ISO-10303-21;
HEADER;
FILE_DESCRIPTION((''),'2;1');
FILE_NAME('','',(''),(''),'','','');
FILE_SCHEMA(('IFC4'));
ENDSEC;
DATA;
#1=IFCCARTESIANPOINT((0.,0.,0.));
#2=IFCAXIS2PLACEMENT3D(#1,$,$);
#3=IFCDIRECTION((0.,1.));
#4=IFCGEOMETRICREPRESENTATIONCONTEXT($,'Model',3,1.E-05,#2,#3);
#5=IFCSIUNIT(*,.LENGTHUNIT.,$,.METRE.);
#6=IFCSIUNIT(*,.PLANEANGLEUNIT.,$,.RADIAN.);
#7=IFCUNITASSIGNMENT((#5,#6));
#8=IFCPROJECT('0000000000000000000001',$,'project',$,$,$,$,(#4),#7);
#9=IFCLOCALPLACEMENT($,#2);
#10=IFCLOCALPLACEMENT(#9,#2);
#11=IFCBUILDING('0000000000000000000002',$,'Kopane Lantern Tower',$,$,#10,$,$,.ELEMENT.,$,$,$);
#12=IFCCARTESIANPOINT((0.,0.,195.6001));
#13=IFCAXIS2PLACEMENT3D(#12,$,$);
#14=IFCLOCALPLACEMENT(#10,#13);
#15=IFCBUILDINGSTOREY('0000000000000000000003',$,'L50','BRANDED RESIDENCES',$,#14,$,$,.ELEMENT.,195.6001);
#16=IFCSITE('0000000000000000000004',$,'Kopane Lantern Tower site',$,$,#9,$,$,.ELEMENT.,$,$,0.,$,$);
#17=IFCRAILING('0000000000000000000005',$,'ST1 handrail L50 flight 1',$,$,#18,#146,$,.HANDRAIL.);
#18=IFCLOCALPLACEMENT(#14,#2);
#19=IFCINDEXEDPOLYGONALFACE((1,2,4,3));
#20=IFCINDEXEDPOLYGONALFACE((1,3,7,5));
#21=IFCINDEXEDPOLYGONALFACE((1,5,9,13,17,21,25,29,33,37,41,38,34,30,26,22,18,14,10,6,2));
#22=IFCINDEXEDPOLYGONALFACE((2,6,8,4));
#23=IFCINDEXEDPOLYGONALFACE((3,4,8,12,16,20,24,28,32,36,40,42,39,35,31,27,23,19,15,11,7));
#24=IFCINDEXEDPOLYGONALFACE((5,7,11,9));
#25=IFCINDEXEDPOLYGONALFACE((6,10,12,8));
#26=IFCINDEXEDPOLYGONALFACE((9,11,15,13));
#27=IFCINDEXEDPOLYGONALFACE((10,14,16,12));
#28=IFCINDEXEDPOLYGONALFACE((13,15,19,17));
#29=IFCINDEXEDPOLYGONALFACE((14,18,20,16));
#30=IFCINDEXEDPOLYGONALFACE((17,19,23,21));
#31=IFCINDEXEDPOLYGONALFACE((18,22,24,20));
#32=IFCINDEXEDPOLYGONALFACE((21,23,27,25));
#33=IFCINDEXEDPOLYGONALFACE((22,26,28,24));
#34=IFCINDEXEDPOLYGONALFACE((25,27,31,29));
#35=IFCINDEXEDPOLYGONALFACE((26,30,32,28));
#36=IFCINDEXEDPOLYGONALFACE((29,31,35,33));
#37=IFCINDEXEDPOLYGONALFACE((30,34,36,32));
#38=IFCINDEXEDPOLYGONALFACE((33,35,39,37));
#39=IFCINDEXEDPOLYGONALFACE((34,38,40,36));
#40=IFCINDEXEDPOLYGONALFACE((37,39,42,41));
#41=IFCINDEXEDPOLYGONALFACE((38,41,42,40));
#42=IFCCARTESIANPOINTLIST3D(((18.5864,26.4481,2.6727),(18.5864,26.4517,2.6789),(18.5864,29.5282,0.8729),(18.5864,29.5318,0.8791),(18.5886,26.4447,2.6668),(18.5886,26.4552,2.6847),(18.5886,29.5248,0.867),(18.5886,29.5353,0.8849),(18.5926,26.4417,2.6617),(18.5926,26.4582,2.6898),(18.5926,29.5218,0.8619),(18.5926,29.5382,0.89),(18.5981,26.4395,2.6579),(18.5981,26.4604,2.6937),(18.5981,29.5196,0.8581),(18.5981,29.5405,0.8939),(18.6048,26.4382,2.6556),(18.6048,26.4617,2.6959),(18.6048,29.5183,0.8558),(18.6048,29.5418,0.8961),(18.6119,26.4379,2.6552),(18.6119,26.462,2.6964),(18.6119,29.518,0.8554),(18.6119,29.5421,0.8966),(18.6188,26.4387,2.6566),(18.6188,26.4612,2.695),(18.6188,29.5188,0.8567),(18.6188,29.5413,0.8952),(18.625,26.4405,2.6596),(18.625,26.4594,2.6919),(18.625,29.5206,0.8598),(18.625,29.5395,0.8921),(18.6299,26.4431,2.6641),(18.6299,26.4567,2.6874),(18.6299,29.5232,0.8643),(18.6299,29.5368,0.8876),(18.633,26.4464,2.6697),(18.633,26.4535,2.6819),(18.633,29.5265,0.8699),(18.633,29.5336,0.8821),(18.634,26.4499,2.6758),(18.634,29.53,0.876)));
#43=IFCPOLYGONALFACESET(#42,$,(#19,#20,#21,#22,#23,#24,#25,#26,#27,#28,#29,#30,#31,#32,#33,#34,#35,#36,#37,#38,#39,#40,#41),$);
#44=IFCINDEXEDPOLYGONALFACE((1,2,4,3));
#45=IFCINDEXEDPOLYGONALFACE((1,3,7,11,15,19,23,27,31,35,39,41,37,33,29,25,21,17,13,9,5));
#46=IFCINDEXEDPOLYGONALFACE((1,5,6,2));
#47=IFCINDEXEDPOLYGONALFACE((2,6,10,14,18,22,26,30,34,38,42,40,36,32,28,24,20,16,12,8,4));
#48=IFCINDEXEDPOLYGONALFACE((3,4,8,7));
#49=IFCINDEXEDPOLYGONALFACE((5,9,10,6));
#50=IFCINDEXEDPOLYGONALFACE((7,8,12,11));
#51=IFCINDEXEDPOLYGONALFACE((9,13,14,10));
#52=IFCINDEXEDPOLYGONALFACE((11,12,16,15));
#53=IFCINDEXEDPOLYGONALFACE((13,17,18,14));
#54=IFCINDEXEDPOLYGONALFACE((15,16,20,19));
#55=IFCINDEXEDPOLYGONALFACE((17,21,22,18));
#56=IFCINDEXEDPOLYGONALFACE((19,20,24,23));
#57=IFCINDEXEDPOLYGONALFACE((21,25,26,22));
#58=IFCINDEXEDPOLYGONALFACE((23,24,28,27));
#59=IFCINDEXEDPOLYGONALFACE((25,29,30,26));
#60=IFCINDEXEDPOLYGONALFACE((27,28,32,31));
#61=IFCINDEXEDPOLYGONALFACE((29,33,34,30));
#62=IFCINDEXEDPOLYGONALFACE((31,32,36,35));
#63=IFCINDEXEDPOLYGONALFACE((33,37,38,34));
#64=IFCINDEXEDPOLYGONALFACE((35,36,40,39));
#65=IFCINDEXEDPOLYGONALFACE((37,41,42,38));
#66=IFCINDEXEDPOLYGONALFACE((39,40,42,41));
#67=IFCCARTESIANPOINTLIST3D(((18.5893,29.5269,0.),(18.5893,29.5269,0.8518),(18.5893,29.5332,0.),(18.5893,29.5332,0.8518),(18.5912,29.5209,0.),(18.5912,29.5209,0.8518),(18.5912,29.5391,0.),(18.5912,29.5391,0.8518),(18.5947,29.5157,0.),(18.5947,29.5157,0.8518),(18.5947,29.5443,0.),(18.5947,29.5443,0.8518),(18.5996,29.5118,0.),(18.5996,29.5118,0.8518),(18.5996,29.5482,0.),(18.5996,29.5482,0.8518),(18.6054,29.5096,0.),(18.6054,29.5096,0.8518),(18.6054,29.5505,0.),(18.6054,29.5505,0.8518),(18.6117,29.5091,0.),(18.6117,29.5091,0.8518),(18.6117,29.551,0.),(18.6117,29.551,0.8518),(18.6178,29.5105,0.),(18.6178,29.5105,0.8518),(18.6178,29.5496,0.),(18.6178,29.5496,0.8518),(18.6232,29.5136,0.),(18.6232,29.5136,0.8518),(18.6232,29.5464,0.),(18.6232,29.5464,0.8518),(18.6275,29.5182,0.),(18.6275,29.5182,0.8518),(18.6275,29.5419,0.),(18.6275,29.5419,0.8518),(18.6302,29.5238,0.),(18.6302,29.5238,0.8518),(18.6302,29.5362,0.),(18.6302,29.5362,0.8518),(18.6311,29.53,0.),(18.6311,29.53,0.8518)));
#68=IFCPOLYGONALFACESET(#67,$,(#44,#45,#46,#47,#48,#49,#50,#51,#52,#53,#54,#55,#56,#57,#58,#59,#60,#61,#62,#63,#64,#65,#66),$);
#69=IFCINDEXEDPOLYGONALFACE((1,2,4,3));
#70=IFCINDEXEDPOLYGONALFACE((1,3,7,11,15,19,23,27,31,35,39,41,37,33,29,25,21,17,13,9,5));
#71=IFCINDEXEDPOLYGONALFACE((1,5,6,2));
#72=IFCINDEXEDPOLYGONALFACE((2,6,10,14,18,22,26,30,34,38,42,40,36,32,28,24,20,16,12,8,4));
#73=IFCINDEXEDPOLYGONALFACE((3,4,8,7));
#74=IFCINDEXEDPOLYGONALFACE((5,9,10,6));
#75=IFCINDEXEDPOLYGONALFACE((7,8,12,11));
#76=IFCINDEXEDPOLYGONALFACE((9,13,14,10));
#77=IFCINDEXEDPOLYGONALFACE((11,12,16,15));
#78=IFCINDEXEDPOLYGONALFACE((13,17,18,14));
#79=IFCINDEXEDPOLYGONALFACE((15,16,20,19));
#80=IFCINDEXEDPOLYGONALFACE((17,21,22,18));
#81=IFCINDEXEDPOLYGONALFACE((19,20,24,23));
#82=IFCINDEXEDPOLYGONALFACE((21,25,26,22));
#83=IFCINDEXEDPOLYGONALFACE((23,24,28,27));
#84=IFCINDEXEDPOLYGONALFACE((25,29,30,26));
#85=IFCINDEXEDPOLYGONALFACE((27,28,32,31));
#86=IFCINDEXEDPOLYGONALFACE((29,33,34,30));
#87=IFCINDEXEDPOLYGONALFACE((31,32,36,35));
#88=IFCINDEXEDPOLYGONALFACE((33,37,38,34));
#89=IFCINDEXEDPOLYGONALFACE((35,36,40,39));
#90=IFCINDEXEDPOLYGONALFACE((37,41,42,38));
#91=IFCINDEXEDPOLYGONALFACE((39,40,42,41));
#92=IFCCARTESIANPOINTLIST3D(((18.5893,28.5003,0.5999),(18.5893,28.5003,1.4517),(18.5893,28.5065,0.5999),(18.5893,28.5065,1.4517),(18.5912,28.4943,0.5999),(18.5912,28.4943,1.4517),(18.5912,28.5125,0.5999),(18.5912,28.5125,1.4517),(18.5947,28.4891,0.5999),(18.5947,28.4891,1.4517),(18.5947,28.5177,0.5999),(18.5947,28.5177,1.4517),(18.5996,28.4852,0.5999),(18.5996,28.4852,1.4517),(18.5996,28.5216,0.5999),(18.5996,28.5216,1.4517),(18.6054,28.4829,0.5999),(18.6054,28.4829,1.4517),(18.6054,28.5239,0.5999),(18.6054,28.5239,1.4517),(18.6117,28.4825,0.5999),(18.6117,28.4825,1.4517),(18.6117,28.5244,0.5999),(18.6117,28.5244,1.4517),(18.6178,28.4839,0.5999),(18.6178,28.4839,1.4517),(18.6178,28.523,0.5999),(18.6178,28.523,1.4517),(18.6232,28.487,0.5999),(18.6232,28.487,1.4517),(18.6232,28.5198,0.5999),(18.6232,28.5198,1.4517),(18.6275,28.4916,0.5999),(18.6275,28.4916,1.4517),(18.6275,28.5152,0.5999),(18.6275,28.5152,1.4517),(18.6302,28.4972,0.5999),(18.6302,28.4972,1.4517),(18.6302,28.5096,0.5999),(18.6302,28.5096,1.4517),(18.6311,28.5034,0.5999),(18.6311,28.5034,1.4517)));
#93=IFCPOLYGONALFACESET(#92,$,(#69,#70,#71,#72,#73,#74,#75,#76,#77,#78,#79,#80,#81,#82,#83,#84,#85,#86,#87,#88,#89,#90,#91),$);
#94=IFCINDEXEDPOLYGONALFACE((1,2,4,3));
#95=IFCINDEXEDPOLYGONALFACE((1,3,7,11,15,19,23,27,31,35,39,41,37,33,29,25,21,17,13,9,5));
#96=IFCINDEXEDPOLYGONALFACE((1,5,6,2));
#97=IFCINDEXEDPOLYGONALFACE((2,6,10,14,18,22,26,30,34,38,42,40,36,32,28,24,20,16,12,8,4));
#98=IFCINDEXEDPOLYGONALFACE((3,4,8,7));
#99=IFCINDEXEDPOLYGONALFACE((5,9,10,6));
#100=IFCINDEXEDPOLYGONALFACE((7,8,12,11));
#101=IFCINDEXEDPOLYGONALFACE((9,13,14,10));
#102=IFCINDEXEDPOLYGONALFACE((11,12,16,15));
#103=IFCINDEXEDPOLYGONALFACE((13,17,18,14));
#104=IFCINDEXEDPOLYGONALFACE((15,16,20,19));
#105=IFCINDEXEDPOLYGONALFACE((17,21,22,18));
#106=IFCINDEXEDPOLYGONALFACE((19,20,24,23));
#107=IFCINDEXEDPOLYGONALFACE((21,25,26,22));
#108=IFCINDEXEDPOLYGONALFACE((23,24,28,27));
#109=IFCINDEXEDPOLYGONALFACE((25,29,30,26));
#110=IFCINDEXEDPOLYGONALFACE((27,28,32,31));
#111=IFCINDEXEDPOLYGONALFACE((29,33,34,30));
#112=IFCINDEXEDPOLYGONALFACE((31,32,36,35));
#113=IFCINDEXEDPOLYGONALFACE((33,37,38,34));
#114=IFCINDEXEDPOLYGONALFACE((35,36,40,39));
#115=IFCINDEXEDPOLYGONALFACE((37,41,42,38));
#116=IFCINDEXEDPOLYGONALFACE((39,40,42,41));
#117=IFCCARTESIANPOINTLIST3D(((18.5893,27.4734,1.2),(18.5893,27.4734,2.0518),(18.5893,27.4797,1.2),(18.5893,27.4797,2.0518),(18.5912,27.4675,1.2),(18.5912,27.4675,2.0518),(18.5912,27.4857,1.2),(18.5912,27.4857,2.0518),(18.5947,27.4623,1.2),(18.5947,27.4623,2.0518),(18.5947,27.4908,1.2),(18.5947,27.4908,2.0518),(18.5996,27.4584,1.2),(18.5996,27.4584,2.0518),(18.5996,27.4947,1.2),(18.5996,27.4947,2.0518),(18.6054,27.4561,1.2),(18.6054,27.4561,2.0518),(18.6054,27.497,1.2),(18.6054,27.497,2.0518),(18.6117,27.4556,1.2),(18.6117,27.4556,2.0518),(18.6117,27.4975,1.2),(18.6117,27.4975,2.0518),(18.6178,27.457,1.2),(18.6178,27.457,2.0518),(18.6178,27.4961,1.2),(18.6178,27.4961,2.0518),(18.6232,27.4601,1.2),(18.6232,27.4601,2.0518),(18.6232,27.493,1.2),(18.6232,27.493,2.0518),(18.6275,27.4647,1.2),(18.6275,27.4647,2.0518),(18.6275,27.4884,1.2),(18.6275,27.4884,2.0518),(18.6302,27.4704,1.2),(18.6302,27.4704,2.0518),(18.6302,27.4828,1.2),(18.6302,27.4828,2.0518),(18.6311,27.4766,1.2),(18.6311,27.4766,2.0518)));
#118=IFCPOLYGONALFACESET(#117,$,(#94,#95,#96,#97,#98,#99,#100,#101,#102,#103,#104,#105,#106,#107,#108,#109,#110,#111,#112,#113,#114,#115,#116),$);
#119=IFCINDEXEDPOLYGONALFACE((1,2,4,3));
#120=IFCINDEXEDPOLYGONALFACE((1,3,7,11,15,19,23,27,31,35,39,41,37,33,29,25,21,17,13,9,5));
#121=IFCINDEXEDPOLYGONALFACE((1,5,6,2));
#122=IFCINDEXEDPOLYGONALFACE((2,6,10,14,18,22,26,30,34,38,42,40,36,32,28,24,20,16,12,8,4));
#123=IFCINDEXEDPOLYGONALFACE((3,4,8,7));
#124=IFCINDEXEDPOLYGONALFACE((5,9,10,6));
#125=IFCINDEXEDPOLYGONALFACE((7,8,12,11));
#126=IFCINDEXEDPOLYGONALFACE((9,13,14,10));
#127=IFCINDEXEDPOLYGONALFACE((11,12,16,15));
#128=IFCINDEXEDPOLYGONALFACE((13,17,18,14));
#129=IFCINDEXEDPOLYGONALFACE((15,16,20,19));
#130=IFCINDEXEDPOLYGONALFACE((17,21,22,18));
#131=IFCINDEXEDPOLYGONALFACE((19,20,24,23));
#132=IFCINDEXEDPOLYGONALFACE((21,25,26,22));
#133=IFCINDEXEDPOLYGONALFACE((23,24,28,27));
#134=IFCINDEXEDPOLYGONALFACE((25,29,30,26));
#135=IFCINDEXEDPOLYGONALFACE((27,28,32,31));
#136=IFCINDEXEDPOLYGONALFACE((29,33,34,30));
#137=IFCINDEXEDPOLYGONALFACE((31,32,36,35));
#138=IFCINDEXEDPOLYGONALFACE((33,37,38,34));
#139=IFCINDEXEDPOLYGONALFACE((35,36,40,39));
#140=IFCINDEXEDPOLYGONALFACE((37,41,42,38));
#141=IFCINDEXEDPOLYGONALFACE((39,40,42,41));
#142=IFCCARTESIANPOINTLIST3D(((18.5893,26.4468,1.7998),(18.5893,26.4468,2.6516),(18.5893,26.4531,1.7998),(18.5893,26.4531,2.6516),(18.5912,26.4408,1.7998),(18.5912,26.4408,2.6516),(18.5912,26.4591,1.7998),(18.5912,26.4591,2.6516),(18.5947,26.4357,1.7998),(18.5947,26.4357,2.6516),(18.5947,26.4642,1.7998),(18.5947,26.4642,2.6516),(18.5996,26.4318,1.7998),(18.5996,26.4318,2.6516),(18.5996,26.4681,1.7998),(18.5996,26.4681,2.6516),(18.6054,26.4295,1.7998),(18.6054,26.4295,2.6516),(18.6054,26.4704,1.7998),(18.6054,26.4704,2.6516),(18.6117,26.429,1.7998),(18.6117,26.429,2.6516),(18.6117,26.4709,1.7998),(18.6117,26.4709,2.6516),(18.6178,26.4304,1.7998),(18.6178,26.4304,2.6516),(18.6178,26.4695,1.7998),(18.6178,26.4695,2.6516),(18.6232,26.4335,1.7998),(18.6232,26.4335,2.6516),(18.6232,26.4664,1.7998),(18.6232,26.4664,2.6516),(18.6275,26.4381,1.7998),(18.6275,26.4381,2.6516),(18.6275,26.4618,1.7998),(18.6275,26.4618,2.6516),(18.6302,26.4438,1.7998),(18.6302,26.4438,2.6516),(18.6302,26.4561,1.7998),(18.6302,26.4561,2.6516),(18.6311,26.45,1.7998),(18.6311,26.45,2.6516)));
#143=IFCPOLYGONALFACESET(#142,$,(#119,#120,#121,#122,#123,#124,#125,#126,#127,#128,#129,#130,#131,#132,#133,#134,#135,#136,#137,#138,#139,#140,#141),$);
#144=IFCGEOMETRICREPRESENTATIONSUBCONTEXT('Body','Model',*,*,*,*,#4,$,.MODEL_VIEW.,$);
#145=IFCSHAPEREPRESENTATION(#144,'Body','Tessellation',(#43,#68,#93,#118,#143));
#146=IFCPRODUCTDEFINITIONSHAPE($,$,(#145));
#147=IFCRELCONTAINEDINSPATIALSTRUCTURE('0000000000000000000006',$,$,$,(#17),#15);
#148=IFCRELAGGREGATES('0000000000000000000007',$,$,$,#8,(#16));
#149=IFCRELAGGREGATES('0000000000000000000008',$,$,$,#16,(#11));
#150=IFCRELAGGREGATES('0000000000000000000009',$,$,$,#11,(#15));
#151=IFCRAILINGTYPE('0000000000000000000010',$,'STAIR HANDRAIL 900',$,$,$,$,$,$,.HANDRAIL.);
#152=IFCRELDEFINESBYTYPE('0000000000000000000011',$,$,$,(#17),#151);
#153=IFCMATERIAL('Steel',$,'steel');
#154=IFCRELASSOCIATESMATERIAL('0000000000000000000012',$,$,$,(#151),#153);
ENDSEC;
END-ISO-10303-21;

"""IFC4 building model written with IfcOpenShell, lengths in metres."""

from ifc_helpers import new_model, si_unit, direction, frame, origin, origin_2d, place, context, subcontext, project, spatial, circle, extrude, material, type_object, element, save


model = new_model("IFC4")

# Units and contexts
model_context = context("Model", 3, precision=1e-05, world=origin(), true_north=direction((0.0, 1.0)))
body_context = subcontext(model_context, "Body", "Model", "MODEL_VIEW")
ifc_project = project(units=[si_unit("LENGTHUNIT", "METRE"), si_unit("PLANEANGLEUNIT", "RADIAN")], contexts=[model_context])

# Site, building, storey
site_placement = place(None, origin())
site = spatial("IfcSite", under=ifc_project, at=site_placement, Name="Kopane Lantern Tower site", CompositionType="ELEMENT", RefElevation=0.0)
building_placement = place(site_placement, origin())
building = spatial("IfcBuilding", under=site, at=building_placement, Name="Kopane Lantern Tower", CompositionType="ELEMENT")
storey_placement = place(building_placement, frame((0.0, 0.0, 195.6001)))
storey = spatial("IfcBuildingStorey", under=building, at=storey_placement, Name="L50", Description="BRANDED RESIDENCES", CompositionType="ELEMENT", Elevation=195.6001)

# Railing
ifc_material_1 = material(Name="Steel", Category="steel")
railing_type_1 = type_object("IfcRailingType", Name="STAIR HANDRAIL 900", PredefinedType="HANDRAIL", material=ifc_material_1)
for number, where, name in (
    (1, (18.6101, 29.53, 0.0), "ST1 handrail L50 flight 1"),
):
    element("IfcRailing", number, at=place(storey_placement, frame(where)), inside=storey, type_object=railing_type_1, Name=name, PredefinedType="HANDRAIL", context=body_context, shape_type="SweptSolid", body=[
        extrude(circle(Radius=0.0239, at=origin_2d()), frame((0.0, 0.0, 0.876), z_axis=(0.0, -0.863401, 0.504518), x_axis=(1.0, 0.0, 0.0)), (0.0, 0.0, 1.0), 3.5674),
        extrude(circle(Radius=0.021, at=origin_2d()), origin(), (0.0, 0.0, 1.0), 0.8518),
        extrude(circle(Radius=0.021, at=origin_2d()), frame((0.0, -1.0266, 0.5999)), (0.0, 0.0, 1.0), 0.8518),
        extrude(circle(Radius=0.021, at=origin_2d()), frame((0.0, -2.0535, 1.2)), (0.0, 0.0, 1.0), 0.8518),
        extrude(circle(Radius=0.021, at=origin_2d()), frame((0.0, -3.0801, 1.7998)), (0.0, 0.0, 1.0), 0.8518),
    ])

save(model, "model.ifc")
